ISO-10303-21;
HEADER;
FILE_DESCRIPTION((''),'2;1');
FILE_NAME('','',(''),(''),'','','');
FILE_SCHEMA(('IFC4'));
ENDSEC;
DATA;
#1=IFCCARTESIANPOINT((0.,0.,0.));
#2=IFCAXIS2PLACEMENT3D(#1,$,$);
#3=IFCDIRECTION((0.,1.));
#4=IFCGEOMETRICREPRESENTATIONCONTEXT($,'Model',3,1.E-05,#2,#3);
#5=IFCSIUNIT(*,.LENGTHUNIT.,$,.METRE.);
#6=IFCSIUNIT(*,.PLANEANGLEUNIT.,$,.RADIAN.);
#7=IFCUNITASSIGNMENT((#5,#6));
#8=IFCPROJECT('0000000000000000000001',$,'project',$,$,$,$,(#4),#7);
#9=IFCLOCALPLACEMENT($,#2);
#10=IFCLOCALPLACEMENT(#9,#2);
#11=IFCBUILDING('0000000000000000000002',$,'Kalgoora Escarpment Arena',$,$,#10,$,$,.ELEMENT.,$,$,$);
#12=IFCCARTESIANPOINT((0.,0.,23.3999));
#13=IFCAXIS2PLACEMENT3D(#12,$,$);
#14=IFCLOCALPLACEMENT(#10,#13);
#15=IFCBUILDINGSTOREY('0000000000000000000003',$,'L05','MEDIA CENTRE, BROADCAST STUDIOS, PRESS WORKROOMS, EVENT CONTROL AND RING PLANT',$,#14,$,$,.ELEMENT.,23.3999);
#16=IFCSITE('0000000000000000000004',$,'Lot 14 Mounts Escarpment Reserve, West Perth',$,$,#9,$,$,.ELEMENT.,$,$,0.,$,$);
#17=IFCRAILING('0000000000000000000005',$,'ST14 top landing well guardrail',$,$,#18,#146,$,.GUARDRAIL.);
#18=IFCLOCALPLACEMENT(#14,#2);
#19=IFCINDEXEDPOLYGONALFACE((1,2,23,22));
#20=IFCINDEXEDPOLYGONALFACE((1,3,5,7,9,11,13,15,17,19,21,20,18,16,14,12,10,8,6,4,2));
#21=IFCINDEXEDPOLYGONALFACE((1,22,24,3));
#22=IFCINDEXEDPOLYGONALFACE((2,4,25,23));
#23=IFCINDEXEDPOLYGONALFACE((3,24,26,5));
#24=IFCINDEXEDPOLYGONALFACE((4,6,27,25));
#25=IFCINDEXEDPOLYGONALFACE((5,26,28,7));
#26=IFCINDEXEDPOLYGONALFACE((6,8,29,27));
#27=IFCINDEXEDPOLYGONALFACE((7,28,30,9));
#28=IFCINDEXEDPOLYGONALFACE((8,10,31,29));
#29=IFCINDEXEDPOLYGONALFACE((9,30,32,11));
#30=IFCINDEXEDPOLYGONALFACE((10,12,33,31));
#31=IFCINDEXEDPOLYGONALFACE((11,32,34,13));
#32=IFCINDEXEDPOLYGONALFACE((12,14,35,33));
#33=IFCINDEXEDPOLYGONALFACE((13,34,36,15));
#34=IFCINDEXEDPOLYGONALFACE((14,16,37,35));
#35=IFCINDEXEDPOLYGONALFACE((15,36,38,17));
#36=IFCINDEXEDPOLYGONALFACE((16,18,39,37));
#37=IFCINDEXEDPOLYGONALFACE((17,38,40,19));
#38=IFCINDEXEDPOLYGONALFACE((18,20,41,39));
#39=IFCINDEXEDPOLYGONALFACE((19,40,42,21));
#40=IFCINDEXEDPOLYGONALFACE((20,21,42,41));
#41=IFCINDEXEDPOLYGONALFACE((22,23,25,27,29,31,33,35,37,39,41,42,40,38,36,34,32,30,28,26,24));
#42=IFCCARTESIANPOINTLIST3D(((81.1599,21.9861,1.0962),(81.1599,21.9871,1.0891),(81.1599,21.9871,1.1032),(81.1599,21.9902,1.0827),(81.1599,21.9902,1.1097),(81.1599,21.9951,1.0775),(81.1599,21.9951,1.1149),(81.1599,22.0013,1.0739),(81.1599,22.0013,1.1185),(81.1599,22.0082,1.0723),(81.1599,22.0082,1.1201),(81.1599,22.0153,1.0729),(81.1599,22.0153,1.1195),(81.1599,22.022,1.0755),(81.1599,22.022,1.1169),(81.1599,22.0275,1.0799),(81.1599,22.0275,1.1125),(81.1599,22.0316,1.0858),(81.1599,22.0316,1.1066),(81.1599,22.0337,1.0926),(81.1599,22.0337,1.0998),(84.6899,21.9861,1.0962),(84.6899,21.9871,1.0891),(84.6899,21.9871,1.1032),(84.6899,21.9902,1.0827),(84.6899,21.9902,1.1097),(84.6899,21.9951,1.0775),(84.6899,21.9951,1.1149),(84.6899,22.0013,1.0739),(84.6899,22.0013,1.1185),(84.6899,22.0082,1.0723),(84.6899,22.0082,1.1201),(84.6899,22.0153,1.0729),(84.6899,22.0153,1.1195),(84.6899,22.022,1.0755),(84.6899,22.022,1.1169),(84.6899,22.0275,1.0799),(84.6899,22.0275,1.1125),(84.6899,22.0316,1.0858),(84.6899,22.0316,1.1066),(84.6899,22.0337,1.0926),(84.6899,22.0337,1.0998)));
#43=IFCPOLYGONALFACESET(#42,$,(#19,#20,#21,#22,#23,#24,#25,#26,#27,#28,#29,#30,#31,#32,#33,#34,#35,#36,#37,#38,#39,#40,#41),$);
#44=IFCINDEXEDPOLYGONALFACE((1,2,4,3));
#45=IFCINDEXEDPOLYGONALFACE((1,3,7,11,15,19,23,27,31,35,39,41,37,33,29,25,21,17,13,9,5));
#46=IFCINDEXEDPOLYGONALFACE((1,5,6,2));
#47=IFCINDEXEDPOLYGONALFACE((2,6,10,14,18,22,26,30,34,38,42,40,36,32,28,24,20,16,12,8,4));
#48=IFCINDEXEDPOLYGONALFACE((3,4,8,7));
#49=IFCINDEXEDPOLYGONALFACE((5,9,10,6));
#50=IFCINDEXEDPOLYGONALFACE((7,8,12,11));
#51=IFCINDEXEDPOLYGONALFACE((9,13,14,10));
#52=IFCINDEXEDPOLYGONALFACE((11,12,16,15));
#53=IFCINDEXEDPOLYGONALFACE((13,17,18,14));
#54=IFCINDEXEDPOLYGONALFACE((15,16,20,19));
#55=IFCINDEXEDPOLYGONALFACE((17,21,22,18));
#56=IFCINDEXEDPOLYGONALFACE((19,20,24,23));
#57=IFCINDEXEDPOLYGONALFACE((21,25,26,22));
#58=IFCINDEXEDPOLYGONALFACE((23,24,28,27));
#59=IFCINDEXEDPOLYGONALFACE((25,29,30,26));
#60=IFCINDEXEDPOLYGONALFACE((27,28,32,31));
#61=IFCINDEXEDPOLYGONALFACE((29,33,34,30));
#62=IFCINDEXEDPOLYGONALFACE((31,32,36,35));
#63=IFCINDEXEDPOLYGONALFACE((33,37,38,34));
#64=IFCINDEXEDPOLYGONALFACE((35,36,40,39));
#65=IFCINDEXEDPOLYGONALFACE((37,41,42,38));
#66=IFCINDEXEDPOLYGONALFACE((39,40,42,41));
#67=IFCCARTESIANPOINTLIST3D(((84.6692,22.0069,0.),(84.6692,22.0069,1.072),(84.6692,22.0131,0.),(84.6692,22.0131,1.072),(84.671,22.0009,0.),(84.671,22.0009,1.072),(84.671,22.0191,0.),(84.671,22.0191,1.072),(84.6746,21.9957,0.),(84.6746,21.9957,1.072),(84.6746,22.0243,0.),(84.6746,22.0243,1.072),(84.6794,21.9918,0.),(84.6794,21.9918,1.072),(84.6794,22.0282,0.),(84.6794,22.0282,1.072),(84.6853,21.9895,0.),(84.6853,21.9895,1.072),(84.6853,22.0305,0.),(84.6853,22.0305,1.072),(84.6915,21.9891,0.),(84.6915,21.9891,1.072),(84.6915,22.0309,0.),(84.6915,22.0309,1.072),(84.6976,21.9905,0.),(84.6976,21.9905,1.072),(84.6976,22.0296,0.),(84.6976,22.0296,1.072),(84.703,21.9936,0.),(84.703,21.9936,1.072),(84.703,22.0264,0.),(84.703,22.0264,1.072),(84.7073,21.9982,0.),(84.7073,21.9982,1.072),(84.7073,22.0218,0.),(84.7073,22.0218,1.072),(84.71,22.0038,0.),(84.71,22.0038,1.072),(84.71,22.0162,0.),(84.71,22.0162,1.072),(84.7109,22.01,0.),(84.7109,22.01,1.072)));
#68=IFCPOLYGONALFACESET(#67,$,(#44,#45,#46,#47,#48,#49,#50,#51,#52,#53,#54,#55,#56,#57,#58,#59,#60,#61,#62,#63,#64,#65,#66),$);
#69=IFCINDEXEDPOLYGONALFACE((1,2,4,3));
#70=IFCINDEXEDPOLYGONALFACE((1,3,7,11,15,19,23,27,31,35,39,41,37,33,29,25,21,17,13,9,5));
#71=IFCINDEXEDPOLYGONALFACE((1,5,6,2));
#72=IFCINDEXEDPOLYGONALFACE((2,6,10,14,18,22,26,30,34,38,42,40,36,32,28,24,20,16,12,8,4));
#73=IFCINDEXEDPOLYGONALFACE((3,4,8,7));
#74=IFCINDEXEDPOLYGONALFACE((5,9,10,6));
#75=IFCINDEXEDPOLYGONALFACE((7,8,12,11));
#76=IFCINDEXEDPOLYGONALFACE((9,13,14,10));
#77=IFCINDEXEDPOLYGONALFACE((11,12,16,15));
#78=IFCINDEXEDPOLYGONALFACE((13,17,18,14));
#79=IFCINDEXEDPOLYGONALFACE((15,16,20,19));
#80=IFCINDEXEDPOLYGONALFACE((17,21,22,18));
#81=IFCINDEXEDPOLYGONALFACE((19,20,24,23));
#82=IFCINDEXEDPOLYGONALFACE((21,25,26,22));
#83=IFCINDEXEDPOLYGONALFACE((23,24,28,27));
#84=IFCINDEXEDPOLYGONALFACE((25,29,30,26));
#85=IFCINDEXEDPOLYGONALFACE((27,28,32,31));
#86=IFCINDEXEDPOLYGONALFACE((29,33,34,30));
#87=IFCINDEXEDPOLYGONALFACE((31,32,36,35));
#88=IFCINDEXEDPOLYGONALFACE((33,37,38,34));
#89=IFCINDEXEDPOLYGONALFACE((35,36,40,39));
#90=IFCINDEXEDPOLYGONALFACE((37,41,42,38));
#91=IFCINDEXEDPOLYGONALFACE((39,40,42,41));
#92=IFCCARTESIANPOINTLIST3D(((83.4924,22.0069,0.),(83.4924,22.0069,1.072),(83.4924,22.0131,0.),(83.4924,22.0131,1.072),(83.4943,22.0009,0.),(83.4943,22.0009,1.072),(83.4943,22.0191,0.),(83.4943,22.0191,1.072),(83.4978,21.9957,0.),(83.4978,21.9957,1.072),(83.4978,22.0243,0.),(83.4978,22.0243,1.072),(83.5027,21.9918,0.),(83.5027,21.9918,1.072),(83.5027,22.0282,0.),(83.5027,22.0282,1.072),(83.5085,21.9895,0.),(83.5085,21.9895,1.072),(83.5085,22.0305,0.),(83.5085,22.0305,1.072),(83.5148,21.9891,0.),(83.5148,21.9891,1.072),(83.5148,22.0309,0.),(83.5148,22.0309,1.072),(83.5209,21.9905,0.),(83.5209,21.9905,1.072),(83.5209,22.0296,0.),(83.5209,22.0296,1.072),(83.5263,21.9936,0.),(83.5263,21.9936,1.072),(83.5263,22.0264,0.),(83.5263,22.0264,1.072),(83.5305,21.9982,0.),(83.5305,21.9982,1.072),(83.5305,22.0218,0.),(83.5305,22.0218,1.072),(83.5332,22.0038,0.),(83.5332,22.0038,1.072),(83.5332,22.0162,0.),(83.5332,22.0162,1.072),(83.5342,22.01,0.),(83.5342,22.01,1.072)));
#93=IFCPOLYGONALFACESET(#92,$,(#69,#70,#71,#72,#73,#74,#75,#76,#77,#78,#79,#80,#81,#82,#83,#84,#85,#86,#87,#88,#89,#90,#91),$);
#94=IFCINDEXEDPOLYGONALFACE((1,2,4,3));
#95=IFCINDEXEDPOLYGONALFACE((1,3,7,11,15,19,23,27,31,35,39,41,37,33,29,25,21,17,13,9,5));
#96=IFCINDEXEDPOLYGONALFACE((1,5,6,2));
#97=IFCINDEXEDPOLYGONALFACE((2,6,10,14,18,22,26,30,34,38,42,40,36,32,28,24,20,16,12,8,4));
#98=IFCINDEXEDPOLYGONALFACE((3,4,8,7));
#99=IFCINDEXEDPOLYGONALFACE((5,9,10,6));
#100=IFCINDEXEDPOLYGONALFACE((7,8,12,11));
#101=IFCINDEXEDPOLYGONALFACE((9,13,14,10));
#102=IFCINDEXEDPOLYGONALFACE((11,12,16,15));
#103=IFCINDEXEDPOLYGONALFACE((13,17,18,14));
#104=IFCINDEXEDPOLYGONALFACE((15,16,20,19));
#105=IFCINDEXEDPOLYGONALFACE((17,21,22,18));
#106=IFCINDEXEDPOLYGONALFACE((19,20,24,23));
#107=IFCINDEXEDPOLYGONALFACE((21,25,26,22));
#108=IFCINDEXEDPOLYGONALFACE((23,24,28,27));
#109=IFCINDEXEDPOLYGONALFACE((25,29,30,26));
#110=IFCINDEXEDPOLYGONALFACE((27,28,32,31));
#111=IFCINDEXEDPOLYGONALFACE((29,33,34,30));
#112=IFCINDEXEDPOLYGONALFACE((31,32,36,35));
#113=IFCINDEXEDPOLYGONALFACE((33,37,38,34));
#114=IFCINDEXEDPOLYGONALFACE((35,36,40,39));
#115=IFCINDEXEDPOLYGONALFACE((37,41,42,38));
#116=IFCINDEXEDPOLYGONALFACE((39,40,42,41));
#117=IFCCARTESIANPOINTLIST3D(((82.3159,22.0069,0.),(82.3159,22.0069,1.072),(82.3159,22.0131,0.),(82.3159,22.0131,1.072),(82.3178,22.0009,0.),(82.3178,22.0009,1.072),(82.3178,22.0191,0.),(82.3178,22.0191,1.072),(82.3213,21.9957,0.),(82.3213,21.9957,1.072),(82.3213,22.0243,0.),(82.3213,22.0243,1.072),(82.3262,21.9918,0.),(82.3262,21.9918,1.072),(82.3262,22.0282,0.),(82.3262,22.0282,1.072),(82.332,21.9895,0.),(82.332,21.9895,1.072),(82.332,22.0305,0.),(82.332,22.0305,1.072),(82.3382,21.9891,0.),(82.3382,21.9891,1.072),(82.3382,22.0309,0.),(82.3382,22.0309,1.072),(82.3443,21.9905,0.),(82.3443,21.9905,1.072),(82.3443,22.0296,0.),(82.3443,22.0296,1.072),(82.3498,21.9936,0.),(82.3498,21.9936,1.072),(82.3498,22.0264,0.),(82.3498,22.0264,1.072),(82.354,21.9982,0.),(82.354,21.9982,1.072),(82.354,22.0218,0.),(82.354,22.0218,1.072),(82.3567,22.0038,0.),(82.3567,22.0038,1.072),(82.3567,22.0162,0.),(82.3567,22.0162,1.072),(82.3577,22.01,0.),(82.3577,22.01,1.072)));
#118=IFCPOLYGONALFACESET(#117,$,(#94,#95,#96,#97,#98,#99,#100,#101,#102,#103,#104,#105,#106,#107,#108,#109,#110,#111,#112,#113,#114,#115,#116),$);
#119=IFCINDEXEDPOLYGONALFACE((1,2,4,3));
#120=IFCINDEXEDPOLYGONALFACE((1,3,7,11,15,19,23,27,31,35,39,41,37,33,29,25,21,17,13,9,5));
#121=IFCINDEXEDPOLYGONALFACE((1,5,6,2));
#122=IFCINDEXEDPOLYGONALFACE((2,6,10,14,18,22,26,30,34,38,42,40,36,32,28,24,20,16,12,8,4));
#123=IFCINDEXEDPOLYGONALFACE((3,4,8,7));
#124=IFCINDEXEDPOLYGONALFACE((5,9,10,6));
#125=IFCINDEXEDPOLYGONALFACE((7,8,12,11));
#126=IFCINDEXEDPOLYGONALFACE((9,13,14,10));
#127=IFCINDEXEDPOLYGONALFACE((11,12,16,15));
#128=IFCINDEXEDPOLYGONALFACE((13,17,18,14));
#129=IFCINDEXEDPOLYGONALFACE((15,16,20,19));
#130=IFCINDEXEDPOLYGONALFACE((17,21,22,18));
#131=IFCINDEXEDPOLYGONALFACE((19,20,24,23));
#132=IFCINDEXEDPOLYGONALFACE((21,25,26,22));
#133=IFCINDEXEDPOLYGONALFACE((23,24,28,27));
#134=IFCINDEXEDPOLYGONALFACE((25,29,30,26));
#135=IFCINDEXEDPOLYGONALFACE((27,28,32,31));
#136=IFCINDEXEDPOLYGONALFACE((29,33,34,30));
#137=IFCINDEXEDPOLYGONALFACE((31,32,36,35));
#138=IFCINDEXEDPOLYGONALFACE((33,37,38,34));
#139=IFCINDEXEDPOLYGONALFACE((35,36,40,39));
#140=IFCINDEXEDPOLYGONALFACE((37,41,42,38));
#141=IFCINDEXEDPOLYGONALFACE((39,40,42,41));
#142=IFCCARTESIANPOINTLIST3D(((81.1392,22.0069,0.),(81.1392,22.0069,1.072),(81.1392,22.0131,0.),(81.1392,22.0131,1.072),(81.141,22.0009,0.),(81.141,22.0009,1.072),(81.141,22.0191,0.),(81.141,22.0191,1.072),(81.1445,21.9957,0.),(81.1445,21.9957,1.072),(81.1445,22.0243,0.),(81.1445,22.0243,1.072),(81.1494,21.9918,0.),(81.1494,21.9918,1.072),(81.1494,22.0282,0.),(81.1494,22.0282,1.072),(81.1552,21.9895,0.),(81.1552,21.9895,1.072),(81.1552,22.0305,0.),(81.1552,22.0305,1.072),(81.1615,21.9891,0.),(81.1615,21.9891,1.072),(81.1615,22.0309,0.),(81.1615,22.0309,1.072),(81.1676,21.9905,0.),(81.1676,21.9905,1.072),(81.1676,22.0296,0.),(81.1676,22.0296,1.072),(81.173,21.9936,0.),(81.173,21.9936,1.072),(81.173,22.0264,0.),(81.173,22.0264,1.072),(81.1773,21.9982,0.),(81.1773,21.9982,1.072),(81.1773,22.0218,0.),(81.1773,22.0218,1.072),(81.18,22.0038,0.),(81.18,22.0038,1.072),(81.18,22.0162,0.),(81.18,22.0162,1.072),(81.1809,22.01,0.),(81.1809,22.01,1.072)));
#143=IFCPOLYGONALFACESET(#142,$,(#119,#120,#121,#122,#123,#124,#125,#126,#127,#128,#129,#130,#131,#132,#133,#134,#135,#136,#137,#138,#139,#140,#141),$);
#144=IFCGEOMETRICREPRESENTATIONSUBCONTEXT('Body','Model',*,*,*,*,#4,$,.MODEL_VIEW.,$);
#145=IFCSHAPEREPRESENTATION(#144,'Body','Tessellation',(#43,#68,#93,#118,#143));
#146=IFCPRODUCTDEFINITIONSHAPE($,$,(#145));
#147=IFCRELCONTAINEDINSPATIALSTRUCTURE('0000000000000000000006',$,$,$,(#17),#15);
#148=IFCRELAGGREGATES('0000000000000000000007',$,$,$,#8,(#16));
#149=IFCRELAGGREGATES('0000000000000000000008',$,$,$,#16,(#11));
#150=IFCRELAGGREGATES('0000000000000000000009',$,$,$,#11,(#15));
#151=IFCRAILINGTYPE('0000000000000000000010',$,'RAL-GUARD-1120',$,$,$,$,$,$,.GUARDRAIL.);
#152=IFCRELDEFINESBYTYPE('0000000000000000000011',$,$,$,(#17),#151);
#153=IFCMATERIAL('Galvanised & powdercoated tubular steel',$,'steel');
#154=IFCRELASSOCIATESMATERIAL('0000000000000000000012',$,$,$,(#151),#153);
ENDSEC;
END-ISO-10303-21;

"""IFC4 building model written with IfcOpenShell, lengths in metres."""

from ifc_helpers import new_model, si_unit, direction, frame, origin, origin_2d, place, context, subcontext, project, spatial, circle, extrude, material, type_object, element, save


model = new_model("IFC4")

# Units and contexts
model_context = context("Model", 3, precision=1e-05, world=origin(), true_north=direction((0.0, 1.0)))
body_context = subcontext(model_context, "Body", "Model", "MODEL_VIEW")
ifc_project = project(units=[si_unit("LENGTHUNIT", "METRE"), si_unit("PLANEANGLEUNIT", "RADIAN")], contexts=[model_context])

# Site, building, storey
site_placement = place(None, origin())
site = spatial("IfcSite", under=ifc_project, at=site_placement, Name="Lot 14 Mounts Escarpment Reserve, West Perth", CompositionType="ELEMENT", RefElevation=0.0)
building_placement = place(site_placement, origin())
building = spatial("IfcBuilding", under=site, at=building_placement, Name="Kalgoora Escarpment Arena", CompositionType="ELEMENT")
storey_placement = place(building_placement, frame((0.0, 0.0, 23.3999)))
storey = spatial("IfcBuildingStorey", under=building, at=storey_placement, Name="L05", Description="MEDIA CENTRE, BROADCAST STUDIOS, PRESS WORKROOMS, EVENT CONTROL AND RING PLANT", CompositionType="ELEMENT", Elevation=23.3999)

# Railing
ifc_material_1 = material(Name="Galvanised & powdercoated tubular steel", Category="steel")
railing_type = type_object("IfcRailingType", Name="RAL-GUARD-1120", PredefinedType="GUARDRAIL", material=ifc_material_1)
for number, where, name in (
    (1, (84.6899, 22.01, 0.0), "ST14 top landing well guardrail"),
):
    element("IfcRailing", number, at=place(storey_placement, frame(where)), inside=storey, type_object=railing_type, Name=name, PredefinedType="GUARDRAIL", context=body_context, shape_type="SweptSolid", body=[
        extrude(circle(Radius=0.0239, at=origin_2d()), frame((0.0, 0.0, 1.0962), z_axis=(-1.0, 0.0, 0.0), x_axis=(0.0, -1.0, 0.0)), (0.0, 0.0, 1.0), 3.53),
        extrude(circle(Radius=0.021, at=origin_2d()), origin(), (0.0, 0.0, 1.0), 1.072),
        extrude(circle(Radius=0.021, at=origin_2d()), frame((-1.1768, 0.0, 0.0)), (0.0, 0.0, 1.0), 1.072),
        extrude(circle(Radius=0.021, at=origin_2d()), frame((-2.3533, 0.0, 0.0)), (0.0, 0.0, 1.0), 1.072),
        extrude(circle(Radius=0.021, at=origin_2d()), frame((-3.53, 0.0, 0.0)), (0.0, 0.0, 1.0), 1.072),
    ])

save(model, "model.ifc")
